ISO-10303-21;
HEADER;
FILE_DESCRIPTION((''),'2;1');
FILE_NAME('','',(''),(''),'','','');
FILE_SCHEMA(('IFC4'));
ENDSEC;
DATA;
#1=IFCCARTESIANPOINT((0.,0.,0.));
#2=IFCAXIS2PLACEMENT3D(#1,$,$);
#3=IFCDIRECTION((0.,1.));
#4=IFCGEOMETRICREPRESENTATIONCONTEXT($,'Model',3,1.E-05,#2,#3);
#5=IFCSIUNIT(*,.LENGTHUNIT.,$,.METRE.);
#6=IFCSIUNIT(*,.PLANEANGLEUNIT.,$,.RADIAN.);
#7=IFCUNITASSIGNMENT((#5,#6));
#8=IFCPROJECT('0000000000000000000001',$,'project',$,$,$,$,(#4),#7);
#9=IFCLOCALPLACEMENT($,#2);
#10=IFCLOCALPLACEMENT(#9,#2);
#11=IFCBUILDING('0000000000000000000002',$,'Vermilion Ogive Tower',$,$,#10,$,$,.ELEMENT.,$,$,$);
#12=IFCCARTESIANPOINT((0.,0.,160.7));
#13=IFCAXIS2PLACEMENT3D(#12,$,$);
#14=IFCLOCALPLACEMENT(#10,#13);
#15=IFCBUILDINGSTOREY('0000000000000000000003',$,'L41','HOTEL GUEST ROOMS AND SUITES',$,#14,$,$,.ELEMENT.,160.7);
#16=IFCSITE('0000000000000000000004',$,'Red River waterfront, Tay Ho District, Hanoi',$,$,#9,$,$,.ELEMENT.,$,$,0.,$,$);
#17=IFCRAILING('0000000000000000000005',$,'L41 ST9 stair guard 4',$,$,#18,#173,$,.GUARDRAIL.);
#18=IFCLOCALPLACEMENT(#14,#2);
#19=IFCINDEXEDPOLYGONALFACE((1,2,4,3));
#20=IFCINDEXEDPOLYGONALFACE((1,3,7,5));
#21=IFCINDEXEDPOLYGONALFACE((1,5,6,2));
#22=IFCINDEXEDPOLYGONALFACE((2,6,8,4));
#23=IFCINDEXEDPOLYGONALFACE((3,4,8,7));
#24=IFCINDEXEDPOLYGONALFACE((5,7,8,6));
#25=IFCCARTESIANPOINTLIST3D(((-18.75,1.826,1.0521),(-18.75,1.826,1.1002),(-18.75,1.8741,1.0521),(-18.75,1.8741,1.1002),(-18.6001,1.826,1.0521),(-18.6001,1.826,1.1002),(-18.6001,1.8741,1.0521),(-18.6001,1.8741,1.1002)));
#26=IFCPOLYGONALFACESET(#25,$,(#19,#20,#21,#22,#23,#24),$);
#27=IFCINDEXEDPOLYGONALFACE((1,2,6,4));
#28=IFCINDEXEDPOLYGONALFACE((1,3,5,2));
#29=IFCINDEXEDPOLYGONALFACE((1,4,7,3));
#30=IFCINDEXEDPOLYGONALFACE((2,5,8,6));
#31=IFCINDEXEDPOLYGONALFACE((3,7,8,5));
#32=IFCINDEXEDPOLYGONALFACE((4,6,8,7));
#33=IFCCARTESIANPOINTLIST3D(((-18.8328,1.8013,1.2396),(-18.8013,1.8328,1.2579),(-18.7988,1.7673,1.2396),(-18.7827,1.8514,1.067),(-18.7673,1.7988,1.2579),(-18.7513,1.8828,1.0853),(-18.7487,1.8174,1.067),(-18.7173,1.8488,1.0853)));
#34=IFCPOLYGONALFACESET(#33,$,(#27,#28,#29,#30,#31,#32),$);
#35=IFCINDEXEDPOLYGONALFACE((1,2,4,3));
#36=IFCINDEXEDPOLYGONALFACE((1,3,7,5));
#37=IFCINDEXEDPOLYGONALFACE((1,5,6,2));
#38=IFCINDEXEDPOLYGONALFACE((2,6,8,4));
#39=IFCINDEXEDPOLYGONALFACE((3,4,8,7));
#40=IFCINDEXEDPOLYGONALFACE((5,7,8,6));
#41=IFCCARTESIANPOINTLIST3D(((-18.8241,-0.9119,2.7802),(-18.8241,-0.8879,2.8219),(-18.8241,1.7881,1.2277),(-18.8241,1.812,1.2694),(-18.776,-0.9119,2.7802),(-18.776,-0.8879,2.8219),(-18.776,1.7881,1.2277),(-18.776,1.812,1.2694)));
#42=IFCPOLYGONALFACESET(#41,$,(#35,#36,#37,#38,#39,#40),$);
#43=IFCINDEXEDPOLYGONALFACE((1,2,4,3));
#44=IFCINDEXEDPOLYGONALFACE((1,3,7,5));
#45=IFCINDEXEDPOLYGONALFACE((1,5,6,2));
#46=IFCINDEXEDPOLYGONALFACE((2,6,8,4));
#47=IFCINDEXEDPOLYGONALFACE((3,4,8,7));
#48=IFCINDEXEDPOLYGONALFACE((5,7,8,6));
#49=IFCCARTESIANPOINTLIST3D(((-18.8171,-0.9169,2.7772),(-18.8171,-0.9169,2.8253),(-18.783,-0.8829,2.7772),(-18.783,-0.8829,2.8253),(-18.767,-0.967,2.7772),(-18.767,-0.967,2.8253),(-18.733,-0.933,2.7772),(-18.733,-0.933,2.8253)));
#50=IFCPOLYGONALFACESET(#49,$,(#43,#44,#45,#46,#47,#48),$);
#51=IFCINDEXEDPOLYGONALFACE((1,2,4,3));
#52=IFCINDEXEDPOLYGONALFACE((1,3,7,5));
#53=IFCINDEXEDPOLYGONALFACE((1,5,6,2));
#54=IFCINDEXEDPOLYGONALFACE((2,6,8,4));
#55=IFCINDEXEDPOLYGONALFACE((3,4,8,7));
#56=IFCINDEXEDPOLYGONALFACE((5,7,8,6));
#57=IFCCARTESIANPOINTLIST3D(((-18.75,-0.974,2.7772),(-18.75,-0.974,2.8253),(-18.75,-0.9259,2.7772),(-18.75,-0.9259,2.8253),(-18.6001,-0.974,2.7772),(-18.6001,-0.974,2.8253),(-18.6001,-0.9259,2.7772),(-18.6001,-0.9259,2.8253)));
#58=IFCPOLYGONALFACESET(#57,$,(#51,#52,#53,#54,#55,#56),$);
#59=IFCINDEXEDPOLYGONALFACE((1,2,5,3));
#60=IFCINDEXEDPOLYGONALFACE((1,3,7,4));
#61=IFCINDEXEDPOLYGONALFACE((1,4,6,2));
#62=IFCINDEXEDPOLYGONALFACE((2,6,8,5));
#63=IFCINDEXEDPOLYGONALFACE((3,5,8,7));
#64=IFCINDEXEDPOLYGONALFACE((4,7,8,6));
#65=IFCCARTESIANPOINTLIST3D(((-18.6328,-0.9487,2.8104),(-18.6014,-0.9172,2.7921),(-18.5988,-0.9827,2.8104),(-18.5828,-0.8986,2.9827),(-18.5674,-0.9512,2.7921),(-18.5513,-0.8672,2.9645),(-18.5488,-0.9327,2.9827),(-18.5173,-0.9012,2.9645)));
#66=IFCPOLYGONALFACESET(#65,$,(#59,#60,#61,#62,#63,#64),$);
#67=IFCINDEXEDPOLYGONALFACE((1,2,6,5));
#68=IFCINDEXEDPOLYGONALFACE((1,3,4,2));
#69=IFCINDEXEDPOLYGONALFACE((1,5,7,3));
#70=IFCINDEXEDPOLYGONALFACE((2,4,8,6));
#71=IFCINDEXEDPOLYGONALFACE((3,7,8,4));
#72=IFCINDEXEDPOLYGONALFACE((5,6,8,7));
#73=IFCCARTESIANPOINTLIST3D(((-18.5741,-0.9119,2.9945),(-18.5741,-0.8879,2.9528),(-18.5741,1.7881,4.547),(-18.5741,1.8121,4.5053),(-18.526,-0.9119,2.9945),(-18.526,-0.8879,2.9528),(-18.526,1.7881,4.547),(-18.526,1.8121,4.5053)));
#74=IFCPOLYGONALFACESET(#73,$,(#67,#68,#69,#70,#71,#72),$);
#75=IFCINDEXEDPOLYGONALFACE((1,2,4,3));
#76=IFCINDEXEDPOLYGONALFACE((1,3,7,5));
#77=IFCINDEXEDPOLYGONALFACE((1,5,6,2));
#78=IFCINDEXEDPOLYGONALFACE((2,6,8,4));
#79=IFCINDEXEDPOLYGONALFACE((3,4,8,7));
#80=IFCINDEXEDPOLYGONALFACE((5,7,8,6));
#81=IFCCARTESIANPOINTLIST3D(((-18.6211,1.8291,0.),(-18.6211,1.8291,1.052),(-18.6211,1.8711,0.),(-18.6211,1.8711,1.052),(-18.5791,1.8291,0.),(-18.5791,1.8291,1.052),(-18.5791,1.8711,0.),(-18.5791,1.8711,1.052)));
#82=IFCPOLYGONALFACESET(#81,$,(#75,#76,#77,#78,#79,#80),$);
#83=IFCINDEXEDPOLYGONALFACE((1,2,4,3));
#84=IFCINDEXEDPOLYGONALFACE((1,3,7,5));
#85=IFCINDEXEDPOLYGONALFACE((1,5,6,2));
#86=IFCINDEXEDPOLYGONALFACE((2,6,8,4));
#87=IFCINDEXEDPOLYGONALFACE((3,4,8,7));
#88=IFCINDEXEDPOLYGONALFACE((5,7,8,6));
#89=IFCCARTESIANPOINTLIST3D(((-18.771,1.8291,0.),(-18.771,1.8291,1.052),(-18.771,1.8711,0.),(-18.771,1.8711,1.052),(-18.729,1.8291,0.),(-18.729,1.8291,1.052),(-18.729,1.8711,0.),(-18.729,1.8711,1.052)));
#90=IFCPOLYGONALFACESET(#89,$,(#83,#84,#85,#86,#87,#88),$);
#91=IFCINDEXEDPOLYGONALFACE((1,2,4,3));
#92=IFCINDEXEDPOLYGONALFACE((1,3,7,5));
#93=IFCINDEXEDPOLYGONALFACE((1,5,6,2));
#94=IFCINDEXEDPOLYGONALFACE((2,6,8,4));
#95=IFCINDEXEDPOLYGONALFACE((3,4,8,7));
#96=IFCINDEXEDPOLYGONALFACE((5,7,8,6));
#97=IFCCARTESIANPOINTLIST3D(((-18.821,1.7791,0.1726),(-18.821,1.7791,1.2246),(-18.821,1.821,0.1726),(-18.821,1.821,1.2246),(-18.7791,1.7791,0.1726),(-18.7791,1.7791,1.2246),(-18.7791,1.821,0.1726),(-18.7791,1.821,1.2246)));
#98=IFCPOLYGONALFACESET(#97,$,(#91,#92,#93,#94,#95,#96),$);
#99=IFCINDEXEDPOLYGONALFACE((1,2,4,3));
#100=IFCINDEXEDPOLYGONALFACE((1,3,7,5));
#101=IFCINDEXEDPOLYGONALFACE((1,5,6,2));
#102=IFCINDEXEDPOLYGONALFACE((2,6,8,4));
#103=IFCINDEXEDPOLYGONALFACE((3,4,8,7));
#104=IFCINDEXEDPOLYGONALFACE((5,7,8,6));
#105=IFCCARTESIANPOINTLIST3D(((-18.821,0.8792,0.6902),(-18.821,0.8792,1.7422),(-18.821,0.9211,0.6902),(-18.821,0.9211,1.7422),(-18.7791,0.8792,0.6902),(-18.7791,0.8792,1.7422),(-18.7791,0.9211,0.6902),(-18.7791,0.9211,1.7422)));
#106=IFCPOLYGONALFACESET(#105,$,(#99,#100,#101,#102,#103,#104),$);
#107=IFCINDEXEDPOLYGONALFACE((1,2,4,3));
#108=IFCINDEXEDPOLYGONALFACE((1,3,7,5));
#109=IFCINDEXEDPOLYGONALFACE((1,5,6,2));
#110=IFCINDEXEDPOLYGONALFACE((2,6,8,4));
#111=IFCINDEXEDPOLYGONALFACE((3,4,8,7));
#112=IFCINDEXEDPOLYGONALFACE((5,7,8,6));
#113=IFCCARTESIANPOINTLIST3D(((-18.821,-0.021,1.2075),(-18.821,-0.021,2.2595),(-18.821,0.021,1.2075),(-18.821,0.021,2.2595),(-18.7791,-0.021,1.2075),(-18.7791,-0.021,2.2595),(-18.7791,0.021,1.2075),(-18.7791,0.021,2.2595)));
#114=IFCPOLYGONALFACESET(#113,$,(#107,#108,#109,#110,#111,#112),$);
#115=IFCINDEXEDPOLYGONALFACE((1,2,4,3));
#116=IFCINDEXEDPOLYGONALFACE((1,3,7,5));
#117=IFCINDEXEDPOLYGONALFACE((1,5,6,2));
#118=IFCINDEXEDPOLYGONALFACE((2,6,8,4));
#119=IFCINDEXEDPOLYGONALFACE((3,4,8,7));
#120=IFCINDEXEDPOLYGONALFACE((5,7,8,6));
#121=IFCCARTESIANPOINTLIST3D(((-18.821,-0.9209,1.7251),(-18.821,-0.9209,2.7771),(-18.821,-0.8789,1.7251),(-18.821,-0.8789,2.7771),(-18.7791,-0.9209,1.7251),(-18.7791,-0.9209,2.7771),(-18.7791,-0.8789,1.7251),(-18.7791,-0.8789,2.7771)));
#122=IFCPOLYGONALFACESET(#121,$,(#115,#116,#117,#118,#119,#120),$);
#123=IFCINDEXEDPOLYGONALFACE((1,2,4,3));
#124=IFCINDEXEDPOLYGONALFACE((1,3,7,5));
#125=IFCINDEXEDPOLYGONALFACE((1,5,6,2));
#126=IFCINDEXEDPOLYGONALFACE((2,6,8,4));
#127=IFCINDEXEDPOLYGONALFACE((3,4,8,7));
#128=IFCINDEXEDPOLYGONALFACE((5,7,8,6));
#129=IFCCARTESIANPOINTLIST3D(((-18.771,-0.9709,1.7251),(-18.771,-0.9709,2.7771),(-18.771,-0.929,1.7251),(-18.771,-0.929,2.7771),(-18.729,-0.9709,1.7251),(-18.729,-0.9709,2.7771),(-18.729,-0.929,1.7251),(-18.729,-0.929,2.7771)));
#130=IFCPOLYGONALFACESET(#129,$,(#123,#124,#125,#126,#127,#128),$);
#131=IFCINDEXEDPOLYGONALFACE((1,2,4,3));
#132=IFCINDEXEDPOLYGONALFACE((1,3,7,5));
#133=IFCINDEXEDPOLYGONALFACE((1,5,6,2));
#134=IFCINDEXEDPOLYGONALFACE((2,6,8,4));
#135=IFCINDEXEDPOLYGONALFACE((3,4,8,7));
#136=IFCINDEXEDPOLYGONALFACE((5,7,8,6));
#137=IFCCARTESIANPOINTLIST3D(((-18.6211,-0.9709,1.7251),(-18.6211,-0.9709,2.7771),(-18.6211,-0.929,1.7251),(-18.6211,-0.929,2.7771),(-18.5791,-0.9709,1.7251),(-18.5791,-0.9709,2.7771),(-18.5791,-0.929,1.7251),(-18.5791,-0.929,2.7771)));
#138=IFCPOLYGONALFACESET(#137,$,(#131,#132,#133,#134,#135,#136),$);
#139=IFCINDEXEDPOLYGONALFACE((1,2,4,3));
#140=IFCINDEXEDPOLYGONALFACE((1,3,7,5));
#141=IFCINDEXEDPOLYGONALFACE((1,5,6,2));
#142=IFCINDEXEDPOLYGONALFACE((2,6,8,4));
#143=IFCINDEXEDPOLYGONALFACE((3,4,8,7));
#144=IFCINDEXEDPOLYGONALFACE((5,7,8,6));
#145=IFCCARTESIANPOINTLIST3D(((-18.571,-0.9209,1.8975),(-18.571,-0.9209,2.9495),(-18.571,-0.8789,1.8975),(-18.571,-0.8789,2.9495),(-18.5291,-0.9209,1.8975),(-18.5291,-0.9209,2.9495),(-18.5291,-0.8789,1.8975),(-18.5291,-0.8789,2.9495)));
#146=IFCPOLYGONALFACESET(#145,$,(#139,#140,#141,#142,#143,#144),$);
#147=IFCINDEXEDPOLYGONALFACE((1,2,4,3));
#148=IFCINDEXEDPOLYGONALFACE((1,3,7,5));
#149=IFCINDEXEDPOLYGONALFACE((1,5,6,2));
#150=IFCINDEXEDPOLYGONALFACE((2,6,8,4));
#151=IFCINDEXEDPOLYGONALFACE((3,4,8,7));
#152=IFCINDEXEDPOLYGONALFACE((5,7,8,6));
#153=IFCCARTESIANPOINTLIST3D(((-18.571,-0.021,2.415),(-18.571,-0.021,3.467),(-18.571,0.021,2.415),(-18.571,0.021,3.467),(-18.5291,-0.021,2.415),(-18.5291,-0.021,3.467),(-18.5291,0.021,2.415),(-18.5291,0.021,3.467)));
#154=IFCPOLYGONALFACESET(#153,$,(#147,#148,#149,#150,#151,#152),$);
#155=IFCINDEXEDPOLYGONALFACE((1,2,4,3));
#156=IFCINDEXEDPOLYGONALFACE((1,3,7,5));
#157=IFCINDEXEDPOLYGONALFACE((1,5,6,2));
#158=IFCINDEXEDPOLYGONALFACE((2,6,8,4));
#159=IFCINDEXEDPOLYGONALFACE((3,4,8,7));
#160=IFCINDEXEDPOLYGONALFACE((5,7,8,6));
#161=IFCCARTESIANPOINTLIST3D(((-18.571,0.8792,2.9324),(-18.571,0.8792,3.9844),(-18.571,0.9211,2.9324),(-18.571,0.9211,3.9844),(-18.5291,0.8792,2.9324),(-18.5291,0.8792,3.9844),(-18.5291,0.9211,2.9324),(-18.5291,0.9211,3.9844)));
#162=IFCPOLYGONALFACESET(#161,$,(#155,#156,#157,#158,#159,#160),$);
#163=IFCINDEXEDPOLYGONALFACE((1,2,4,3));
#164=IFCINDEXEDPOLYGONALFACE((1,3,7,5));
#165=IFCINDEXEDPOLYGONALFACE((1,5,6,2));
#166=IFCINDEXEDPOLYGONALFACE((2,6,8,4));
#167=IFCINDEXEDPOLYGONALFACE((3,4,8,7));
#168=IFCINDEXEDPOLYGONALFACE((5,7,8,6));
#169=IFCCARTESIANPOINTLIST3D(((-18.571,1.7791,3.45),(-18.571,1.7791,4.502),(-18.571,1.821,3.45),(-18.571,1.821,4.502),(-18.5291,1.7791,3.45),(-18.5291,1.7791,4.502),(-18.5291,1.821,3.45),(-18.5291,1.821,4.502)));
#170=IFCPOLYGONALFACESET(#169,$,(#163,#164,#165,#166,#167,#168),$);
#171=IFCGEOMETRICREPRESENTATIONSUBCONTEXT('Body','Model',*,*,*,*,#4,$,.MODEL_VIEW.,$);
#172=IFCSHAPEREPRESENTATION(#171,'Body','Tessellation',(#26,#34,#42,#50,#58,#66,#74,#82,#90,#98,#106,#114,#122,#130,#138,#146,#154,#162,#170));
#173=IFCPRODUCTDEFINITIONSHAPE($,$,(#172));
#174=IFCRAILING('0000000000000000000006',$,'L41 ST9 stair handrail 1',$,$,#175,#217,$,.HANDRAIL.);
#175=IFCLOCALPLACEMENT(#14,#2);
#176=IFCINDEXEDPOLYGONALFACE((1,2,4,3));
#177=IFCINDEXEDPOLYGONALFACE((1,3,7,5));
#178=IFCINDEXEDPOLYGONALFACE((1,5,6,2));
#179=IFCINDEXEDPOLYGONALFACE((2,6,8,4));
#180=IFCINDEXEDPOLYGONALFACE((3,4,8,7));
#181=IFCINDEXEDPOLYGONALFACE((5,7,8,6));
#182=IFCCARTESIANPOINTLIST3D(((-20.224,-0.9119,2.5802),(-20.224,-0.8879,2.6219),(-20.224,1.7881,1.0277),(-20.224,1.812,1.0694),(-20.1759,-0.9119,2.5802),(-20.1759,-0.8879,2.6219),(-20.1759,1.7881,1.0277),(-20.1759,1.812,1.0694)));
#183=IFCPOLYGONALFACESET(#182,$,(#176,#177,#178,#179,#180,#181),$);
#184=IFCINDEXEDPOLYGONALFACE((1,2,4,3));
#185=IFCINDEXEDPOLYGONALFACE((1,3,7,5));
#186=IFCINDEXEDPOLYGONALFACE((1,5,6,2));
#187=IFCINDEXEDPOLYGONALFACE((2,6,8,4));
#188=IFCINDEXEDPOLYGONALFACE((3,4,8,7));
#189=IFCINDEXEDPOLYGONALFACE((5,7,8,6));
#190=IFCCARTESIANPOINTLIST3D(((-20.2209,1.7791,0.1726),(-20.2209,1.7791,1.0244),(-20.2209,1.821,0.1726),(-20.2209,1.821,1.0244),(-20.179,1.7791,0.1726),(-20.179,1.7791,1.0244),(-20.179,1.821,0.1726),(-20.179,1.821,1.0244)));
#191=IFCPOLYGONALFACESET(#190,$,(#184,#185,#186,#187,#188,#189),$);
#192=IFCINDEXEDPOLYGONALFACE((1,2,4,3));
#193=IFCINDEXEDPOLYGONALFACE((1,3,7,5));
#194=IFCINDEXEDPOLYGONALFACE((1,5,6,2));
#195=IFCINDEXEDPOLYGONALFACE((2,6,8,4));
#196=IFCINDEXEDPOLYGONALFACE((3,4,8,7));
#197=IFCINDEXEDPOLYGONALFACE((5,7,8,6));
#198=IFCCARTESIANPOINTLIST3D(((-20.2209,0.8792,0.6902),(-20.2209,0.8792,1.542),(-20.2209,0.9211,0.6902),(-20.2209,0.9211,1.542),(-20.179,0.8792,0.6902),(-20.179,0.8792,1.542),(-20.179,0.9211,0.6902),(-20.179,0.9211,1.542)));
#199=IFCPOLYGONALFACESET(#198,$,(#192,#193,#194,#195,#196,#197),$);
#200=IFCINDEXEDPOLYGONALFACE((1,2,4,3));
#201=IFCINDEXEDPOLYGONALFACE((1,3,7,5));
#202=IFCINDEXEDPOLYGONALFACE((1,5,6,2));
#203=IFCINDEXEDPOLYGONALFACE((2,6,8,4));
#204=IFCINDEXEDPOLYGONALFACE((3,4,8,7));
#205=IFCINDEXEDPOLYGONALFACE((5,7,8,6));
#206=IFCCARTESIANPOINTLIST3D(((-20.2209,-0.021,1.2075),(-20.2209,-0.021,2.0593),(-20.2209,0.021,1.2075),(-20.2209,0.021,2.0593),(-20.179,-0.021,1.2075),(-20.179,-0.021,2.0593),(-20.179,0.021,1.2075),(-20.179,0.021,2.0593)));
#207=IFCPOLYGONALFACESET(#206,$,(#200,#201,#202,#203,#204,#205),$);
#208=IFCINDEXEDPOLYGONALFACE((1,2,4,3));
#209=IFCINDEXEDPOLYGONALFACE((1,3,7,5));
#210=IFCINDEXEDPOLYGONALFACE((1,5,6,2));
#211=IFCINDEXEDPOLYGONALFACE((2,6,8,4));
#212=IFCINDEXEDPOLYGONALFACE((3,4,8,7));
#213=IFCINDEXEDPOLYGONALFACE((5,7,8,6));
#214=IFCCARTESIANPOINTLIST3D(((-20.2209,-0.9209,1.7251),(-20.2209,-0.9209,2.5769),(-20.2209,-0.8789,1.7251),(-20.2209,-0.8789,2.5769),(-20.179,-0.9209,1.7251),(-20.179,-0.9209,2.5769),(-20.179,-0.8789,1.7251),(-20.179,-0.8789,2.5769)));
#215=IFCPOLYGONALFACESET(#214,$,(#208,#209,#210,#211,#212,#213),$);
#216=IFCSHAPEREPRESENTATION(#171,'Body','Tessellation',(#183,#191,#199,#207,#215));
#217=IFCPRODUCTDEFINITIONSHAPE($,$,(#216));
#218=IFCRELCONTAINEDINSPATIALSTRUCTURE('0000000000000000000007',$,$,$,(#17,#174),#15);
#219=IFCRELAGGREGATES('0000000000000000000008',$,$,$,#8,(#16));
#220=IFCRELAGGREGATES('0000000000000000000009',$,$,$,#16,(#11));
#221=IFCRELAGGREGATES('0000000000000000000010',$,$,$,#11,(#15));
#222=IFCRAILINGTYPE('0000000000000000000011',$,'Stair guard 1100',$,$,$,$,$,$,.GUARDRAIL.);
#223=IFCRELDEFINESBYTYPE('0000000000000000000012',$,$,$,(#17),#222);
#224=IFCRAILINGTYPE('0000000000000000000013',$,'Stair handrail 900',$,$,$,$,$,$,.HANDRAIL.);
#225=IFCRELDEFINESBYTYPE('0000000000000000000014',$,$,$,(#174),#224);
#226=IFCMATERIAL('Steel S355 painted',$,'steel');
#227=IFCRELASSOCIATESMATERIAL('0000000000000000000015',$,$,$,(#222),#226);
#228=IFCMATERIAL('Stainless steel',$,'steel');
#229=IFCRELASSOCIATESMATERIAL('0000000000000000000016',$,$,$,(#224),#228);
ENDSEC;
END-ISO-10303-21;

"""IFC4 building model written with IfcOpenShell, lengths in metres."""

from ifc_helpers import new_model, si_unit, direction, frame, origin, origin_2d, place, context, subcontext, project, spatial, rectangle, extrude, material, type_object, element, save


model = new_model("IFC4")

# Units and contexts
model_context = context("Model", 3, precision=1e-05, world=origin(), true_north=direction((0.0, 1.0)))
body_context = subcontext(model_context, "Body", "Model", "MODEL_VIEW")
ifc_project = project(units=[si_unit("LENGTHUNIT", "METRE"), si_unit("PLANEANGLEUNIT", "RADIAN")], contexts=[model_context])

# Site, building, storey
site_placement = place(None, origin())
site = spatial("IfcSite", under=ifc_project, at=site_placement, Name="Red River waterfront, Tay Ho District, Hanoi", CompositionType="ELEMENT", RefElevation=0.0)
building_placement = place(site_placement, origin())
building = spatial("IfcBuilding", under=site, at=building_placement, Name="Vermilion Ogive Tower", CompositionType="ELEMENT")
storey_placement = place(building_placement, frame((0.0, 0.0, 160.7)))
storey = spatial("IfcBuildingStorey", under=building, at=storey_placement, Name="L41", Description="HOTEL GUEST ROOMS AND SUITES", CompositionType="ELEMENT", Elevation=160.7)

# Railings
ifc_material_1 = material(Name="Steel S355 painted", Category="steel")
railing_type_1 = type_object("IfcRailingType", Name="Stair guard 1100", PredefinedType="GUARDRAIL", material=ifc_material_1)
railing_1_placement = place(storey_placement, frame((-18.6001, 1.8501, 0.0)))
element("IfcRailing", 1, at=railing_1_placement, inside=storey, type_object=railing_type_1, Name="L41 ST9 stair guard 4", PredefinedType="GUARDRAIL", context=body_context, shape_type="SweptSolid", body=[
    extrude(rectangle(XDim=0.0481, YDim=0.0481, at=origin_2d()), frame((0.0, 0.0, 1.0762), z_axis=(-1.0, 0.0, 0.0), x_axis=(0.0, -1.0, 0.0)), (0.0, 0.0, 1.0), 0.1499),
    extrude(rectangle(XDim=0.0481, YDim=0.0481, at=origin_2d()), frame((-0.1499, 0.0, 1.0762), z_axis=(-0.268278, -0.268278, 0.925232), x_axis=(0.707107, -0.707107, 0.0)), (0.0, 0.0, 1.0), 0.1865),
    extrude(rectangle(XDim=0.0481, YDim=0.0481, at=origin_2d()), frame((-0.2, -0.05, 1.2485), z_axis=(0.0, -0.866904, 0.498476), x_axis=(1.0, 0.0, 0.0)), (0.0, 0.0, 1.0), 3.1145),
    extrude(rectangle(XDim=0.0481, YDim=0.0481, at=origin_2d()), frame((-0.2, -2.75, 2.8013), z_axis=(0.707107, -0.707107, 0.0), x_axis=(0.707107, 0.707107, 0.0)), (0.0, 0.0, 1.0), 0.0708),
    extrude(rectangle(XDim=0.0481, YDim=0.0481, at=origin_2d()), frame((-0.1499, -2.8, 2.8013), z_axis=(1.0, 0.0, 0.0), x_axis=(0.0, 1.0, 0.0)), (0.0, 0.0, 1.0), 0.1499),
    extrude(rectangle(XDim=0.0481, YDim=0.0481, at=origin_2d()), frame((0.0, -2.8, 2.8013), z_axis=(0.268603, 0.268603, 0.925043), x_axis=(-0.707107, 0.707107, 0.0)), (0.0, 0.0, 1.0), 0.1863),
    extrude(rectangle(XDim=0.0481, YDim=0.0481, at=origin_2d()), frame((0.05, -2.75, 2.9736), z_axis=(0.0, 0.866904, 0.498476), x_axis=(-1.0, 0.0, 0.0)), (0.0, 0.0, 1.0), 3.1145),
    extrude(rectangle(XDim=0.042, YDim=0.042, at=origin_2d()), origin(), (0.0, 0.0, 1.0), 1.052),
    extrude(rectangle(XDim=0.042, YDim=0.042, at=origin_2d()), frame((-0.1499, 0.0, 0.0)), (0.0, 0.0, 1.0), 1.052),
    extrude(rectangle(XDim=0.042, YDim=0.042, at=origin_2d()), frame((-0.2, -0.05, 0.1726)), (0.0, 0.0, 1.0), 1.052),
    extrude(rectangle(XDim=0.042, YDim=0.042, at=origin_2d()), frame((-0.2, -0.95, 0.6902)), (0.0, 0.0, 1.0), 1.052),
    extrude(rectangle(XDim=0.042, YDim=0.042, at=origin_2d()), frame((-0.2, -1.8501, 1.2075)), (0.0, 0.0, 1.0), 1.052),
    extrude(rectangle(XDim=0.042, YDim=0.042, at=origin_2d()), frame((-0.2, -2.75, 1.7251)), (0.0, 0.0, 1.0), 1.052),
    extrude(rectangle(XDim=0.042, YDim=0.042, at=origin_2d()), frame((-0.1499, -2.8, 1.7251)), (0.0, 0.0, 1.0), 1.052),
    extrude(rectangle(XDim=0.042, YDim=0.042, at=origin_2d()), frame((0.0, -2.8, 1.7251)), (0.0, 0.0, 1.0), 1.052),
    extrude(rectangle(XDim=0.042, YDim=0.042, at=origin_2d()), frame((0.05, -2.75, 1.8975)), (0.0, 0.0, 1.0), 1.052),
    extrude(rectangle(XDim=0.042, YDim=0.042, at=origin_2d()), frame((0.05, -1.8501, 2.415)), (0.0, 0.0, 1.0), 1.052),
    extrude(rectangle(XDim=0.042, YDim=0.042, at=origin_2d()), frame((0.05, -0.95, 2.9324)), (0.0, 0.0, 1.0), 1.052),
    extrude(rectangle(XDim=0.042, YDim=0.042, at=origin_2d()), frame((0.05, -0.05, 3.45)), (0.0, 0.0, 1.0), 1.052),
])
ifc_material_2 = material(Name="Stainless steel", Category="steel")
railing_type_2 = type_object("IfcRailingType", Name="Stair handrail 900", PredefinedType="HANDRAIL", material=ifc_material_2)
railing_2_placement = place(storey_placement, frame((-20.2, 1.8, 0.1726)))
element("IfcRailing", 2, at=railing_2_placement, inside=storey, type_object=railing_type_2, Name="L41 ST9 stair handrail 1", PredefinedType="HANDRAIL", context=body_context, shape_type="SweptSolid", body=[
    extrude(rectangle(XDim=0.0481, YDim=0.0481, at=origin_2d()), frame((0.0, 0.0, 0.876), z_axis=(0.0, -0.866904, 0.498476), x_axis=(1.0, 0.0, 0.0)), (0.0, 0.0, 1.0), 3.1145),
    extrude(rectangle(XDim=0.042, YDim=0.042, at=origin_2d()), origin(), (0.0, 0.0, 1.0), 0.8518),
    extrude(rectangle(XDim=0.042, YDim=0.042, at=origin_2d()), frame((0.0, -0.8999, 0.5176)), (0.0, 0.0, 1.0), 0.8518),
    extrude(rectangle(XDim=0.042, YDim=0.042, at=origin_2d()), frame((0.0, -1.8, 1.0349)), (0.0, 0.0, 1.0), 0.8518),
    extrude(rectangle(XDim=0.042, YDim=0.042, at=origin_2d()), frame((0.0, -2.7, 1.5525)), (0.0, 0.0, 1.0), 0.8518),
])

save(model, "model.ifc")
